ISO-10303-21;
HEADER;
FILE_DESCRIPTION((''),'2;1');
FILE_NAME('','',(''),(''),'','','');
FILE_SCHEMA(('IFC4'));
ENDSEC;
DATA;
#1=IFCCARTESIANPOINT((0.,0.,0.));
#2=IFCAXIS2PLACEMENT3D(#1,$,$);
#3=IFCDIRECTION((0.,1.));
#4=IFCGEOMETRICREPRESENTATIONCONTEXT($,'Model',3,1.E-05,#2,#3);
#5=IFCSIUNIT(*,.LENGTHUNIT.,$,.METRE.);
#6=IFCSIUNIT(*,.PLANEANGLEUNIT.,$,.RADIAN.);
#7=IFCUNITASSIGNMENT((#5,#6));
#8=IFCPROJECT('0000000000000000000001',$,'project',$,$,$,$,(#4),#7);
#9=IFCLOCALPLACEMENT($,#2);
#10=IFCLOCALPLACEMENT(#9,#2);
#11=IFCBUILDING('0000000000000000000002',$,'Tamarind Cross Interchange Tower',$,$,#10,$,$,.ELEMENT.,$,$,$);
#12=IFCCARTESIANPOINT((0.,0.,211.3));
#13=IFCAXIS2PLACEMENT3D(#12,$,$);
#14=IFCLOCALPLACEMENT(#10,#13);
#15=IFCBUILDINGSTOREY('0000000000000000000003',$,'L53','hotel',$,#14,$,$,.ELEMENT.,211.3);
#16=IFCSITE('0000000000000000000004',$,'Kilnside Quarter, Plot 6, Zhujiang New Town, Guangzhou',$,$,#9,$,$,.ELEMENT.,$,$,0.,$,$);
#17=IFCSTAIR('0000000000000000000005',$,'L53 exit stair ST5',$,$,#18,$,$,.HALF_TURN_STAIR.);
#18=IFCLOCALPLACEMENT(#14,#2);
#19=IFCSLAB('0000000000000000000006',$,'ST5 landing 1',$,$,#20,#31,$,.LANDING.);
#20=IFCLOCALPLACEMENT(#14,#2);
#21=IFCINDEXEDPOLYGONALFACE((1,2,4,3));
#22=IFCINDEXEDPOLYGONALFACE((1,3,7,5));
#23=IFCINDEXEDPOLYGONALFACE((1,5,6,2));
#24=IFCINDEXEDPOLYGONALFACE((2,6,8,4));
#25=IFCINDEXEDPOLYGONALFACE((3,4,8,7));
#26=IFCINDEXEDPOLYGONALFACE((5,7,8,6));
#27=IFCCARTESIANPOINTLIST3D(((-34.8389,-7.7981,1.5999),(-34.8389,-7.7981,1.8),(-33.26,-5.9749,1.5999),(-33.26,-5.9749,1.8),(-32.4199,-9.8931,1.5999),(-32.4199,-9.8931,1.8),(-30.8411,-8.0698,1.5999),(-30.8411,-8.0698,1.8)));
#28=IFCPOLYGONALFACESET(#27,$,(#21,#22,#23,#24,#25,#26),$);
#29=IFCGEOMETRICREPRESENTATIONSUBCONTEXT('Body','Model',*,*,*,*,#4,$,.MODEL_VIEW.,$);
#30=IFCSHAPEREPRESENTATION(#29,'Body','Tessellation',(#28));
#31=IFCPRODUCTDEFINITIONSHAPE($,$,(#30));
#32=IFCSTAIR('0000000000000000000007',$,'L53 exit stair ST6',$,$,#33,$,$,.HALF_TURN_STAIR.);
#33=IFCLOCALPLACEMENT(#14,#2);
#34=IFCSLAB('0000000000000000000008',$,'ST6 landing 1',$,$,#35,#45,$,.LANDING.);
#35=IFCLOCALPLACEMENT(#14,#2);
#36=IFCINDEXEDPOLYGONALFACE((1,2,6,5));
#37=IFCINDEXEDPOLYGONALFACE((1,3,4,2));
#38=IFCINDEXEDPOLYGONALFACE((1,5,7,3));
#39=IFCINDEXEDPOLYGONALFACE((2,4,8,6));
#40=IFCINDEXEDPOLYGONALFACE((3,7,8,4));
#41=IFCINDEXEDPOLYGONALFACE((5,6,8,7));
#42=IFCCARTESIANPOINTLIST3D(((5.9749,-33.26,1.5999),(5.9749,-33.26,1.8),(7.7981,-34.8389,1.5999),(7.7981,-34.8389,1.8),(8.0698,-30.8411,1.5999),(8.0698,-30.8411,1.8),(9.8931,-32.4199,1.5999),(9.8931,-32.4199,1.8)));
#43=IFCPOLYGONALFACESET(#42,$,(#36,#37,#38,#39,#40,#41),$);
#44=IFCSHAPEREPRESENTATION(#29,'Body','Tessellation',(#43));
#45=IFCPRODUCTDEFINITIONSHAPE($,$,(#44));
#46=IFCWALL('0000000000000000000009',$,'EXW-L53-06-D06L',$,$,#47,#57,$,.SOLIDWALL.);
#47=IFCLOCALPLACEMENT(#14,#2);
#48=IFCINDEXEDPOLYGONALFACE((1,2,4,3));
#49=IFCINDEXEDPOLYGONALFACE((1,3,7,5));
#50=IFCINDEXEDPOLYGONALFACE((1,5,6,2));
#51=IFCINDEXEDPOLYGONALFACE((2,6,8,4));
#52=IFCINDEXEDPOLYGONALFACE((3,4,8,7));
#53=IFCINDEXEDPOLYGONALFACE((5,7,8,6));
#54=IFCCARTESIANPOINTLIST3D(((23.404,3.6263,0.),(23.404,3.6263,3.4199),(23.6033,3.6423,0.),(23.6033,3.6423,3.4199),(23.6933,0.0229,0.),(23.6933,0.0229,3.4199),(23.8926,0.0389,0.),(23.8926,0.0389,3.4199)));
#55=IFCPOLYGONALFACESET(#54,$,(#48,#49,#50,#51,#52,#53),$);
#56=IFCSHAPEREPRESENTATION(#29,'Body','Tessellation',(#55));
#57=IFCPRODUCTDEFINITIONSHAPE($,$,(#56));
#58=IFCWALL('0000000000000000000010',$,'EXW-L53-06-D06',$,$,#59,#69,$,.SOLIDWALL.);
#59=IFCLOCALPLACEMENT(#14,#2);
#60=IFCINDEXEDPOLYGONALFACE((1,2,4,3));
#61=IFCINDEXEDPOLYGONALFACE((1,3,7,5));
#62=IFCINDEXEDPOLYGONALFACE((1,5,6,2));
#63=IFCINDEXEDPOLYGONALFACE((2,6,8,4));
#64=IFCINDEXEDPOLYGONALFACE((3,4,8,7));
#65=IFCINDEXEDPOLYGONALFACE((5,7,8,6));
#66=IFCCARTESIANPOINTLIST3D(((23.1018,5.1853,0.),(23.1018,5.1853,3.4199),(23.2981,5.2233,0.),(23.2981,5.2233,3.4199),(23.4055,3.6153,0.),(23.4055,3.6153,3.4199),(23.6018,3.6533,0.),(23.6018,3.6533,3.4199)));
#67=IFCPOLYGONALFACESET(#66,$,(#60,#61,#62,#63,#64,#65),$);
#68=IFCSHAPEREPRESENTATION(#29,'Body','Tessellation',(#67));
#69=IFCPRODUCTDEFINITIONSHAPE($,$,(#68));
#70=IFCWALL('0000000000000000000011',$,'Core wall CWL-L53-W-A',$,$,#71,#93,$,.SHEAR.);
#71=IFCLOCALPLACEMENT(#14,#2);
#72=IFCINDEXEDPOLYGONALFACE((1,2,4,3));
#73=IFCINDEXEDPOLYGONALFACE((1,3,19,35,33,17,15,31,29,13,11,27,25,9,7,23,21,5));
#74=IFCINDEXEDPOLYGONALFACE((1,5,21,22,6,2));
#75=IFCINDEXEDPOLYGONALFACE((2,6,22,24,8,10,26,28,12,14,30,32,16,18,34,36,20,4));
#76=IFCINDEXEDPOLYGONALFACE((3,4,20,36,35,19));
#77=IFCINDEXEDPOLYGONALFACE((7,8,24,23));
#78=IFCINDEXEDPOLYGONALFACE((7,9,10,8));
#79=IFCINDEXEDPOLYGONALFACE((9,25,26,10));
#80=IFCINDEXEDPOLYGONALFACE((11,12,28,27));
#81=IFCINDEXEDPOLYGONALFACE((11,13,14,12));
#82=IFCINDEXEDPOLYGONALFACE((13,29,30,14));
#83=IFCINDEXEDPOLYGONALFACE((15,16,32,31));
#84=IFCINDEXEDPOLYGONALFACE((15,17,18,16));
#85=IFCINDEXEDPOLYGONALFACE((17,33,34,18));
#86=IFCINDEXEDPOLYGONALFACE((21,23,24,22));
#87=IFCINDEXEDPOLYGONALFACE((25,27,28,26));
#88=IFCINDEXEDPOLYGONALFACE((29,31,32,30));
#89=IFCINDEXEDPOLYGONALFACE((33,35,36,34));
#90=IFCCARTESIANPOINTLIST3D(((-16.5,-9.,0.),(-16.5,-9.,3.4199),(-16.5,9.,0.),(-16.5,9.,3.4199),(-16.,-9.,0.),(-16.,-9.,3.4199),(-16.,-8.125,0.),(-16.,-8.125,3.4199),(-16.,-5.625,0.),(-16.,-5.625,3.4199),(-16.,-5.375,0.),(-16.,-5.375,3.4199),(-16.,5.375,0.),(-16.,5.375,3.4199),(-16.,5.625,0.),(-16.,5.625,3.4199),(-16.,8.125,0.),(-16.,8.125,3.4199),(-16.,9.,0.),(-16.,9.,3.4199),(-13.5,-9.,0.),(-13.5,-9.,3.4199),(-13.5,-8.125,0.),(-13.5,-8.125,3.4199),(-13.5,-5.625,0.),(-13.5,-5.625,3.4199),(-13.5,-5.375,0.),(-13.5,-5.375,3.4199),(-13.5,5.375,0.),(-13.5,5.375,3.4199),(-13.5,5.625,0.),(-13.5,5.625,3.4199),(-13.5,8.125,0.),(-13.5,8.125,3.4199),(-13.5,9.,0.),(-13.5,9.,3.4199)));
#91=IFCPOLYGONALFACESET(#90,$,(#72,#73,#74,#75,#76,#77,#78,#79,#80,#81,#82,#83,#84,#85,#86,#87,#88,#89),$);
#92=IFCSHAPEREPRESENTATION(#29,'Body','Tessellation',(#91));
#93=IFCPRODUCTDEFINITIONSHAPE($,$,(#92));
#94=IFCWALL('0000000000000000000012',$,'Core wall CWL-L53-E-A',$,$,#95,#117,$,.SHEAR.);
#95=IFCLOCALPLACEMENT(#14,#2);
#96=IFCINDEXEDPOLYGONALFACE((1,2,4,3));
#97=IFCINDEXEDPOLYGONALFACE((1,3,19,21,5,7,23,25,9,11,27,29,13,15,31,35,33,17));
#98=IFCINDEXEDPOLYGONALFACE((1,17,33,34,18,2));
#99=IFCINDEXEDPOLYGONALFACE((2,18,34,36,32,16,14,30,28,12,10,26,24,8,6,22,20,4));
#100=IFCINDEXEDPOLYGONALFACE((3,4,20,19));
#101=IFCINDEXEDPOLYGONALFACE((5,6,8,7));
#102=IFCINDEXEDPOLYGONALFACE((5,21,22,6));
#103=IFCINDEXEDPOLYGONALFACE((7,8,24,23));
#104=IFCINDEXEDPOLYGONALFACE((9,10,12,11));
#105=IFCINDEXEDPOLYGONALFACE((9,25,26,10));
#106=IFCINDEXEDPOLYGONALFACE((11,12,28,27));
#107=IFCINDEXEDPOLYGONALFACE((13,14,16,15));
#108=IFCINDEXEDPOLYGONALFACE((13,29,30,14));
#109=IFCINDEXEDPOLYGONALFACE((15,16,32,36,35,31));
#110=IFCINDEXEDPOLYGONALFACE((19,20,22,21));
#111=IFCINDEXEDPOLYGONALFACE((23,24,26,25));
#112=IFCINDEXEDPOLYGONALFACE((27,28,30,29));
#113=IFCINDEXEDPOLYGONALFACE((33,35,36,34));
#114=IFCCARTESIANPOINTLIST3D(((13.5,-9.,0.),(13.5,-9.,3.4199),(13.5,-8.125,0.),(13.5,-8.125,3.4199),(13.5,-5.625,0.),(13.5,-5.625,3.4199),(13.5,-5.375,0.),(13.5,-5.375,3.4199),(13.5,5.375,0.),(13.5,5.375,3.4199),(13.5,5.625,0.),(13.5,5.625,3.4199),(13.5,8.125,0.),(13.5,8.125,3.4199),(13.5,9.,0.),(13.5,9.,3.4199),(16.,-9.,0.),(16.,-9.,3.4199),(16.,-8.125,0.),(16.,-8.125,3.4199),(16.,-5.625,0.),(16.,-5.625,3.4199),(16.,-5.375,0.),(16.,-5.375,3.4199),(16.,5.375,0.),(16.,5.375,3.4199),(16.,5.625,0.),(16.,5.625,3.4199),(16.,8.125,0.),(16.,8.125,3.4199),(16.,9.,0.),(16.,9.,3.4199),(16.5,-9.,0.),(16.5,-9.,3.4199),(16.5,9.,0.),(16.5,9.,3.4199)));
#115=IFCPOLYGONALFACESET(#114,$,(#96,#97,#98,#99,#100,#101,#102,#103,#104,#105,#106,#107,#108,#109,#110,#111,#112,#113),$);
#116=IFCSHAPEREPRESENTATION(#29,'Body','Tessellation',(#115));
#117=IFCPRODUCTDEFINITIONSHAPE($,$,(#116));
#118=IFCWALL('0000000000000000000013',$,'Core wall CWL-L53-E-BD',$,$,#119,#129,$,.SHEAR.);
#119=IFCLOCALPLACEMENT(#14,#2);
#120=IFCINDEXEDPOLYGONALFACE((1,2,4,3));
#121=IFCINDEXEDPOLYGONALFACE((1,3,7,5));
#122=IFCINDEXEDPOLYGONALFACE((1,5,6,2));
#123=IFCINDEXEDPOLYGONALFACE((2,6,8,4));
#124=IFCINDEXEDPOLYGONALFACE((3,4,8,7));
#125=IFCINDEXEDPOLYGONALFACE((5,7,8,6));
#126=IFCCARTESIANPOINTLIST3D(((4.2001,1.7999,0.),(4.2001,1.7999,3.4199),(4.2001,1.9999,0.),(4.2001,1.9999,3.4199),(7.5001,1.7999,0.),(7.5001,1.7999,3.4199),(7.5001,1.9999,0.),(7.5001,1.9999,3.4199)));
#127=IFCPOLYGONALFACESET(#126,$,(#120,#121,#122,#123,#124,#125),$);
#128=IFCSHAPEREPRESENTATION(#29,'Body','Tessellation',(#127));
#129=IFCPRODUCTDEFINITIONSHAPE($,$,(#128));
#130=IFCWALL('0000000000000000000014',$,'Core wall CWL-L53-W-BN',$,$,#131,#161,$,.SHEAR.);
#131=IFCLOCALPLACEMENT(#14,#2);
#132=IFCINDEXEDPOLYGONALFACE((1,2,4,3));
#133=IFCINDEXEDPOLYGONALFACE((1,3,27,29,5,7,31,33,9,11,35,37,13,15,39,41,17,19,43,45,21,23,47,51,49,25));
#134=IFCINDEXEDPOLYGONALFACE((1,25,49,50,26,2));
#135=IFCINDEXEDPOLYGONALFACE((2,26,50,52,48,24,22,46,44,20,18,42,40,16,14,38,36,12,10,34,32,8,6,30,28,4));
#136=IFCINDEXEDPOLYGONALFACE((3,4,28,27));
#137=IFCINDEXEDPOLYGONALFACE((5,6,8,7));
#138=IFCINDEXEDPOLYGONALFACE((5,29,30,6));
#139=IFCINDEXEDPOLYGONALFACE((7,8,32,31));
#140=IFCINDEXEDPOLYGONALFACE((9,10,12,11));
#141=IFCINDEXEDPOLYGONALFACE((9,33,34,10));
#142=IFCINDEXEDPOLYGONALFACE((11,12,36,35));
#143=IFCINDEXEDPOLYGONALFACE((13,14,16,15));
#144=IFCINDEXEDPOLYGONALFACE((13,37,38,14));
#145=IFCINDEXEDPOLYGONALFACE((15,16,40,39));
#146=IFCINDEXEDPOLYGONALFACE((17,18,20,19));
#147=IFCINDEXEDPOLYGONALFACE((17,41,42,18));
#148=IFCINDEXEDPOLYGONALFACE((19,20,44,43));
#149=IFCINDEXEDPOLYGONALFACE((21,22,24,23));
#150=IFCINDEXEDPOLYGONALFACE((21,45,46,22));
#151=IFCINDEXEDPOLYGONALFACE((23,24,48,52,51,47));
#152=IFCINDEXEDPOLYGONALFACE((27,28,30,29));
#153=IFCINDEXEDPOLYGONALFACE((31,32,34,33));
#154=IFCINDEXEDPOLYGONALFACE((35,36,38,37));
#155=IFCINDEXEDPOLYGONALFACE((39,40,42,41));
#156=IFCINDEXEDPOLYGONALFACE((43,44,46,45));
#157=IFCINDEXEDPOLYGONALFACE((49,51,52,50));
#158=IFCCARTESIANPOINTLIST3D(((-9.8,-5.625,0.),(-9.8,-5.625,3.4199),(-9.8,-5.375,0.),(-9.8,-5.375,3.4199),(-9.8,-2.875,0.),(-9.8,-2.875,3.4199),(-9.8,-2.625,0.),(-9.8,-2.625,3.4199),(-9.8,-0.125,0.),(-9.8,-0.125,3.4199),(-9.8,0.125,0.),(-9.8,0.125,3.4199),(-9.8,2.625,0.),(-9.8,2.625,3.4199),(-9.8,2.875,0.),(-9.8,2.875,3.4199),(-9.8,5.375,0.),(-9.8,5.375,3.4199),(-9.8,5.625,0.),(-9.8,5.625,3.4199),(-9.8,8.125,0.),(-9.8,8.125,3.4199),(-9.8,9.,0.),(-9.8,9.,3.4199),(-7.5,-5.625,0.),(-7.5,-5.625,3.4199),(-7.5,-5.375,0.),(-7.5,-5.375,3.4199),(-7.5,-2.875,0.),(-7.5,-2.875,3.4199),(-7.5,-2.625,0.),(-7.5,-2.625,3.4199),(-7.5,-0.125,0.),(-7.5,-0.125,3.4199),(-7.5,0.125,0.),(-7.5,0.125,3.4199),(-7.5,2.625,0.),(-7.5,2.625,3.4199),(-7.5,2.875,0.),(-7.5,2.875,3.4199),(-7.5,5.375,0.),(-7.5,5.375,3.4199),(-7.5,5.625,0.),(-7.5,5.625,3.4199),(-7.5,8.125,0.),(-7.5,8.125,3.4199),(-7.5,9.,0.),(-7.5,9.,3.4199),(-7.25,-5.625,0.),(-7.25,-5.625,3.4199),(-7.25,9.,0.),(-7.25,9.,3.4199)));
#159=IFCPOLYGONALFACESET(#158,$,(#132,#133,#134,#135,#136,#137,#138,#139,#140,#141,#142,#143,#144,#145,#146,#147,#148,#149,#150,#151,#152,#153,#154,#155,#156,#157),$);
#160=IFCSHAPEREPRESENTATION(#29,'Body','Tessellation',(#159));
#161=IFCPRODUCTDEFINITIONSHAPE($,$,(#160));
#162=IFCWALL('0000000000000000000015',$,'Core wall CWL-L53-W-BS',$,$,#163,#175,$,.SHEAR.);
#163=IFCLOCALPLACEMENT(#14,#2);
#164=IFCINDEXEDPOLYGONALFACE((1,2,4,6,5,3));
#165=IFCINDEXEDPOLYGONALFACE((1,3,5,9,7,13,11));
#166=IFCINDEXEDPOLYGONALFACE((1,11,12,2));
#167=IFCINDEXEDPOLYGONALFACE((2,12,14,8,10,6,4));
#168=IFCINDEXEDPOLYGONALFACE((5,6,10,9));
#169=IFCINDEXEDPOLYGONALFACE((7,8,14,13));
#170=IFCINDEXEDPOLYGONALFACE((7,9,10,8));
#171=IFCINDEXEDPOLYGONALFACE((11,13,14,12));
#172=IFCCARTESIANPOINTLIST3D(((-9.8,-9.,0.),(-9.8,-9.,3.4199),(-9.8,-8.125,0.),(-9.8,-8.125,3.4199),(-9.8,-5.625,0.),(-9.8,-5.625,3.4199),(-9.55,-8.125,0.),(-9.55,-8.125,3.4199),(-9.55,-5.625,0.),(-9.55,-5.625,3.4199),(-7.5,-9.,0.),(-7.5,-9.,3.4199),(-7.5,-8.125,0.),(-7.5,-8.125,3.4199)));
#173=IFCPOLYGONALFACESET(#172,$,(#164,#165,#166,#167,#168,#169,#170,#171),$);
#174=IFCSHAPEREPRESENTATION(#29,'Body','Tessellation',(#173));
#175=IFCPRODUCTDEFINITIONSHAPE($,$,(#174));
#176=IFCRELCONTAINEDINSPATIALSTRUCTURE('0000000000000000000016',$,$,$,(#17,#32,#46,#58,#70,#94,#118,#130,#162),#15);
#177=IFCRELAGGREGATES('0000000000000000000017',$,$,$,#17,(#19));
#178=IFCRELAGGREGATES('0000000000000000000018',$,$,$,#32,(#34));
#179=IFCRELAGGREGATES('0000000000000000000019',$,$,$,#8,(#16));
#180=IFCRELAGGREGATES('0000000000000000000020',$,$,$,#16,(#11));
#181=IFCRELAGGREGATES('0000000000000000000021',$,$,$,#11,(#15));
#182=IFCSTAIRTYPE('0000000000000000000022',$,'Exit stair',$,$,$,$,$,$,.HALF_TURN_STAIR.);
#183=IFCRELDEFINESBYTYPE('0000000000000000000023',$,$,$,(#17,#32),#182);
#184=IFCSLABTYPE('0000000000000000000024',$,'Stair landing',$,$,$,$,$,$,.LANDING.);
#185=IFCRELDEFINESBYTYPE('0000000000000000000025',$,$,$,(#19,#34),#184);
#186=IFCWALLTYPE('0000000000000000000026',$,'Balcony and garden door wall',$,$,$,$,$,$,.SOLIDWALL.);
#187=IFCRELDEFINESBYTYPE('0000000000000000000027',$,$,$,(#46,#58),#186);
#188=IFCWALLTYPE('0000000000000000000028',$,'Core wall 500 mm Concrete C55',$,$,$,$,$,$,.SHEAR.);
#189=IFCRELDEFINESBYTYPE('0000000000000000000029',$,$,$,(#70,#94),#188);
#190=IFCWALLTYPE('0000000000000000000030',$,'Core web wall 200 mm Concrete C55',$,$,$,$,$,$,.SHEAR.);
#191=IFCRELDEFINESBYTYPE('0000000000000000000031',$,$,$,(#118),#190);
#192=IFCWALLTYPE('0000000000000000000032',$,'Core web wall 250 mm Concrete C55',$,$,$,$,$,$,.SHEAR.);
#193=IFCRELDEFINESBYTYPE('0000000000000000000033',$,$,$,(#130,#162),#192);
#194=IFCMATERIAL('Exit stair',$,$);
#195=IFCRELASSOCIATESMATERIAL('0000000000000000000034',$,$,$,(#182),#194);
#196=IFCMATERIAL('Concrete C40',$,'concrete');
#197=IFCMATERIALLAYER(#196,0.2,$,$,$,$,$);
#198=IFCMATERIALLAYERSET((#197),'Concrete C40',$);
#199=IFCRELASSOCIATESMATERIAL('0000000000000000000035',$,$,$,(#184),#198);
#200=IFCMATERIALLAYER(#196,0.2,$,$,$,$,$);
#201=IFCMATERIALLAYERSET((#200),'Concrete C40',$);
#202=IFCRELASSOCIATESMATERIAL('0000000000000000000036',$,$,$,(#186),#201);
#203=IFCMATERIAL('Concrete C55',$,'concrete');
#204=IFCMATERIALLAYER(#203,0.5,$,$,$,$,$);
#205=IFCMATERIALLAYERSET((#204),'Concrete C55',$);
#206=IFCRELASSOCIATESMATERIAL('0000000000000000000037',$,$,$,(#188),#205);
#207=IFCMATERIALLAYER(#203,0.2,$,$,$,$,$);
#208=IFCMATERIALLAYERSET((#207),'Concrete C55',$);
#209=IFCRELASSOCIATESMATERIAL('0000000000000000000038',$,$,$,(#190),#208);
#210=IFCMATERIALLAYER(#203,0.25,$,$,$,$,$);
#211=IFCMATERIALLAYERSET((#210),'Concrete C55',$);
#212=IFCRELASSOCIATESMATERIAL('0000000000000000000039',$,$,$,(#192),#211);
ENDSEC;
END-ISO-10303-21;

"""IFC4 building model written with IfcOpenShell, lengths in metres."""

from ifc_helpers import new_model, si_unit, direction, frame, frame_2d, origin, place, context, subcontext, project, spatial, polyline, rectangle, outline, extrude, material, layer, layer_set, type_object, element, aggregate, save


model = new_model("IFC4")

# Units and contexts
model_context = context("Model", 3, precision=1e-05, world=origin(), true_north=direction((0.0, 1.0)))
body_context = subcontext(model_context, "Body", "Model", "MODEL_VIEW")
ifc_project = project(units=[si_unit("LENGTHUNIT", "METRE"), si_unit("PLANEANGLEUNIT", "RADIAN")], contexts=[model_context])

# Site, building, storey
site_placement = place(None, origin())
site = spatial("IfcSite", under=ifc_project, at=site_placement, Name="Kilnside Quarter, Plot 6, Zhujiang New Town, Guangzhou", CompositionType="ELEMENT", RefElevation=0.0)
building_placement = place(site_placement, origin())
building = spatial("IfcBuilding", under=site, at=building_placement, Name="Tamarind Cross Interchange Tower", CompositionType="ELEMENT")
storey_placement = place(building_placement, frame((0.0, 0.0, 211.3)))
storey = spatial("IfcBuildingStorey", under=building, at=storey_placement, Name="L53", Description="hotel", CompositionType="ELEMENT", Elevation=211.3)

# Shared definitions
ifc_material_1 = material(Name="Concrete C55", Category="concrete")

# Stairs, slabs
ifc_material_2 = material(Name="Exit stair")
stair_type = type_object("IfcStairType", Name="Exit stair", PredefinedType="HALF_TURN_STAIR", material=ifc_material_2)
ifc_material_3 = material(Name="Concrete C40", Category="concrete")
ifc_layer_1 = layer(ifc_material_3, 0.2)
ifc_layer_set_1 = layer_set([ifc_layer_1], Name="Concrete C40")
slab_type_1 = type_object("IfcSlabType", Name="Stair landing", PredefinedType="LANDING", material=ifc_layer_set_1)
stair_1_placement = place(storey_placement, origin())
stair_1 = element("IfcStair", 1, at=stair_1_placement, inside=storey, type_object=stair_type, Name="L53 exit stair ST5", PredefinedType="HALF_TURN_STAIR")
slab_1_placement = place(storey_placement, frame((0.0, 0.0, 1.5999)))
slab_1 = element("IfcSlab", 2, at=slab_1_placement, type_object=slab_type_1, Name="ST5 landing 1", PredefinedType="LANDING", context=body_context, shape_type="SweptSolid", body=[
    extrude(outline(polyline([(-33.26, -5.9749), (-34.8389, -7.7981), (-32.4199, -9.8931), (-30.8411, -8.0698), (-33.26, -5.9749)])), origin(), (0.0, 0.0, 1.0), 0.2002),
])
aggregate(stair_1, [slab_1])
stair_2_placement = place(storey_placement, origin())
stair_2 = element("IfcStair", 3, at=stair_2_placement, inside=storey, type_object=stair_type, Name="L53 exit stair ST6", PredefinedType="HALF_TURN_STAIR")
slab_2_placement = place(storey_placement, frame((0.0, 0.0, 1.5999)))
slab_2 = element("IfcSlab", 4, at=slab_2_placement, type_object=slab_type_1, Name="ST6 landing 1", PredefinedType="LANDING", context=body_context, shape_type="SweptSolid", body=[
    extrude(outline(polyline([(5.9749, -33.26), (7.7981, -34.8389), (9.8931, -32.4199), (8.0698, -30.8411), (5.9749, -33.26)])), origin(), (0.0, 0.0, 1.0), 0.2002),
])
aggregate(stair_2, [slab_2])

# Wall
ifc_layer_2 = layer(ifc_material_3, 0.2)
ifc_layer_set_2 = layer_set([ifc_layer_2], Name="Concrete C40")
wall_type_1 = type_object("IfcWallType", Name="Balcony and garden door wall", PredefinedType="SOLIDWALL", material=ifc_layer_set_2)
wall_1_placement = place(storey_placement, frame((23.793, 0.0308, 0.0), z_axis=(0.0, 0.0, 1.0), x_axis=(-0.080027, 0.996793, 0.0)))
element("IfcWall", 5, at=wall_1_placement, inside=storey, type_object=wall_type_1, Name="EXW-L53-06-D06L", PredefinedType="SOLIDWALL", context=body_context, shape_type="SweptSolid", body=[
    extrude(rectangle(XDim=3.615, YDim=0.2, at=frame_2d((1.8076, 0.0))), origin(), (0.0, 0.0, 1.0), 3.4199),
])

# Walls
wall_2_placement = place(storey_placement, frame((23.5037, 3.6343, 0.0), z_axis=(0.0, 0.0, 1.0), x_axis=(-0.189917, 0.9818, 0.0)))
element("IfcWall", 6, at=wall_2_placement, inside=storey, type_object=wall_type_1, Name="EXW-L53-06-D06", PredefinedType="SOLIDWALL", context=body_context, shape_type="SweptSolid", body=[
    extrude(rectangle(XDim=1.5991, YDim=0.2, at=frame_2d((0.7996, 0.0))), origin(), (0.0, 0.0, 1.0), 3.4199),
])
ifc_layer_3 = layer(ifc_material_1, 0.5)
ifc_layer_set_3 = layer_set([ifc_layer_3], Name="Concrete C55")
wall_type_2 = type_object("IfcWallType", Name="Core wall 500 mm Concrete C55", PredefinedType="SHEAR", material=ifc_layer_set_3)
wall_3_placement = place(storey_placement, origin())
element("IfcWall", 7, at=wall_3_placement, inside=storey, type_object=wall_type_2, Name="Core wall CWL-L53-W-A", PredefinedType="SHEAR", context=body_context, shape_type="SweptSolid", body=[
    extrude(outline(polyline([(-13.5, -8.125), (-16.0, -8.125), (-16.0, -5.625), (-13.5, -5.625), (-13.5, -5.375), (-16.0, -5.375), (-16.0, 5.375), (-13.5, 5.375), (-13.5, 5.625), (-16.0, 5.625), (-16.0, 8.125), (-13.5, 8.125), (-13.5, 9.0), (-16.0, 9.0), (-16.5, 9.0), (-16.5, -9.0), (-16.0, -9.0), (-13.5, -9.0), (-13.5, -8.125)])), origin(), (0.0, 0.0, 1.0), 3.4199),
])
wall_4_placement = place(storey_placement, origin())
element("IfcWall", 8, at=wall_4_placement, inside=storey, type_object=wall_type_2, Name="Core wall CWL-L53-E-A", PredefinedType="SHEAR", context=body_context, shape_type="SweptSolid", body=[
    extrude(outline(polyline([(13.5, -8.125), (13.5, -9.0), (16.0, -9.0), (16.5, -9.0), (16.5, 9.0), (16.0, 9.0), (13.5, 9.0), (13.5, 8.125), (16.0, 8.125), (16.0, 5.625), (13.5, 5.625), (13.5, 5.375), (16.0, 5.375), (16.0, -5.375), (13.5, -5.375), (13.5, -5.625), (16.0, -5.625), (16.0, -8.125), (13.5, -8.125)])), origin(), (0.0, 0.0, 1.0), 3.4199),
])
ifc_layer_4 = layer(ifc_material_1, 0.2)
ifc_layer_set_4 = layer_set([ifc_layer_4], Name="Concrete C55")
wall_type_3 = type_object("IfcWallType", Name="Core web wall 200 mm Concrete C55", PredefinedType="SHEAR", material=ifc_layer_set_4)
wall_5_placement = place(storey_placement, frame((7.5, 1.8999, 0.0), z_axis=(0.0, 0.0, 1.0), x_axis=(-1.0, 0.0, 0.0)))
element("IfcWall", 9, at=wall_5_placement, inside=storey, type_object=wall_type_3, Name="Core wall CWL-L53-E-BD", PredefinedType="SHEAR", context=body_context, shape_type="SweptSolid", body=[
    extrude(rectangle(XDim=3.3, YDim=0.2, at=frame_2d((1.6499, 0.0))), origin(), (0.0, 0.0, 1.0), 3.4199),
])
ifc_layer_5 = layer(ifc_material_1, 0.25)
ifc_layer_set_5 = layer_set([ifc_layer_5], Name="Concrete C55")
wall_type_4 = type_object("IfcWallType", Name="Core web wall 250 mm Concrete C55", PredefinedType="SHEAR", material=ifc_layer_set_5)
wall_6_placement = place(storey_placement, origin())
element("IfcWall", 10, at=wall_6_placement, inside=storey, type_object=wall_type_4, Name="Core wall CWL-L53-W-BN", PredefinedType="SHEAR", context=body_context, shape_type="SweptSolid", body=[
    extrude(outline(polyline([(-9.8, -5.375), (-9.8, -5.625), (-7.5, -5.625), (-7.25, -5.625), (-7.25, 9.0), (-7.5, 9.0), (-9.8, 9.0), (-9.8, 8.125), (-7.5, 8.125), (-7.5, 5.625), (-9.8, 5.625), (-9.8, 5.375), (-7.5, 5.375), (-7.5, 2.875), (-9.8, 2.875), (-9.8, 2.625), (-7.5, 2.625), (-7.5, 0.125), (-9.8, 0.125), (-9.8, -0.125), (-7.5, -0.125), (-7.5, -2.625), (-9.8, -2.625), (-9.8, -2.875), (-7.5, -2.875), (-7.5, -5.375), (-9.8, -5.375)])), origin(), (0.0, 0.0, 1.0), 3.4199),
])
wall_7_placement = place(storey_placement, origin())
element("IfcWall", 11, at=wall_7_placement, inside=storey, type_object=wall_type_4, Name="Core wall CWL-L53-W-BS", PredefinedType="SHEAR", context=body_context, shape_type="SweptSolid", body=[
    extrude(outline(polyline([(-7.5, -8.125), (-9.55, -8.125), (-9.55, -5.625), (-9.8, -5.625), (-9.8, -8.125), (-9.8, -9.0), (-7.5, -9.0), (-7.5, -8.125)])), origin(), (0.0, 0.0, 1.0), 3.4199),
])

save(model, "model.ifc")
